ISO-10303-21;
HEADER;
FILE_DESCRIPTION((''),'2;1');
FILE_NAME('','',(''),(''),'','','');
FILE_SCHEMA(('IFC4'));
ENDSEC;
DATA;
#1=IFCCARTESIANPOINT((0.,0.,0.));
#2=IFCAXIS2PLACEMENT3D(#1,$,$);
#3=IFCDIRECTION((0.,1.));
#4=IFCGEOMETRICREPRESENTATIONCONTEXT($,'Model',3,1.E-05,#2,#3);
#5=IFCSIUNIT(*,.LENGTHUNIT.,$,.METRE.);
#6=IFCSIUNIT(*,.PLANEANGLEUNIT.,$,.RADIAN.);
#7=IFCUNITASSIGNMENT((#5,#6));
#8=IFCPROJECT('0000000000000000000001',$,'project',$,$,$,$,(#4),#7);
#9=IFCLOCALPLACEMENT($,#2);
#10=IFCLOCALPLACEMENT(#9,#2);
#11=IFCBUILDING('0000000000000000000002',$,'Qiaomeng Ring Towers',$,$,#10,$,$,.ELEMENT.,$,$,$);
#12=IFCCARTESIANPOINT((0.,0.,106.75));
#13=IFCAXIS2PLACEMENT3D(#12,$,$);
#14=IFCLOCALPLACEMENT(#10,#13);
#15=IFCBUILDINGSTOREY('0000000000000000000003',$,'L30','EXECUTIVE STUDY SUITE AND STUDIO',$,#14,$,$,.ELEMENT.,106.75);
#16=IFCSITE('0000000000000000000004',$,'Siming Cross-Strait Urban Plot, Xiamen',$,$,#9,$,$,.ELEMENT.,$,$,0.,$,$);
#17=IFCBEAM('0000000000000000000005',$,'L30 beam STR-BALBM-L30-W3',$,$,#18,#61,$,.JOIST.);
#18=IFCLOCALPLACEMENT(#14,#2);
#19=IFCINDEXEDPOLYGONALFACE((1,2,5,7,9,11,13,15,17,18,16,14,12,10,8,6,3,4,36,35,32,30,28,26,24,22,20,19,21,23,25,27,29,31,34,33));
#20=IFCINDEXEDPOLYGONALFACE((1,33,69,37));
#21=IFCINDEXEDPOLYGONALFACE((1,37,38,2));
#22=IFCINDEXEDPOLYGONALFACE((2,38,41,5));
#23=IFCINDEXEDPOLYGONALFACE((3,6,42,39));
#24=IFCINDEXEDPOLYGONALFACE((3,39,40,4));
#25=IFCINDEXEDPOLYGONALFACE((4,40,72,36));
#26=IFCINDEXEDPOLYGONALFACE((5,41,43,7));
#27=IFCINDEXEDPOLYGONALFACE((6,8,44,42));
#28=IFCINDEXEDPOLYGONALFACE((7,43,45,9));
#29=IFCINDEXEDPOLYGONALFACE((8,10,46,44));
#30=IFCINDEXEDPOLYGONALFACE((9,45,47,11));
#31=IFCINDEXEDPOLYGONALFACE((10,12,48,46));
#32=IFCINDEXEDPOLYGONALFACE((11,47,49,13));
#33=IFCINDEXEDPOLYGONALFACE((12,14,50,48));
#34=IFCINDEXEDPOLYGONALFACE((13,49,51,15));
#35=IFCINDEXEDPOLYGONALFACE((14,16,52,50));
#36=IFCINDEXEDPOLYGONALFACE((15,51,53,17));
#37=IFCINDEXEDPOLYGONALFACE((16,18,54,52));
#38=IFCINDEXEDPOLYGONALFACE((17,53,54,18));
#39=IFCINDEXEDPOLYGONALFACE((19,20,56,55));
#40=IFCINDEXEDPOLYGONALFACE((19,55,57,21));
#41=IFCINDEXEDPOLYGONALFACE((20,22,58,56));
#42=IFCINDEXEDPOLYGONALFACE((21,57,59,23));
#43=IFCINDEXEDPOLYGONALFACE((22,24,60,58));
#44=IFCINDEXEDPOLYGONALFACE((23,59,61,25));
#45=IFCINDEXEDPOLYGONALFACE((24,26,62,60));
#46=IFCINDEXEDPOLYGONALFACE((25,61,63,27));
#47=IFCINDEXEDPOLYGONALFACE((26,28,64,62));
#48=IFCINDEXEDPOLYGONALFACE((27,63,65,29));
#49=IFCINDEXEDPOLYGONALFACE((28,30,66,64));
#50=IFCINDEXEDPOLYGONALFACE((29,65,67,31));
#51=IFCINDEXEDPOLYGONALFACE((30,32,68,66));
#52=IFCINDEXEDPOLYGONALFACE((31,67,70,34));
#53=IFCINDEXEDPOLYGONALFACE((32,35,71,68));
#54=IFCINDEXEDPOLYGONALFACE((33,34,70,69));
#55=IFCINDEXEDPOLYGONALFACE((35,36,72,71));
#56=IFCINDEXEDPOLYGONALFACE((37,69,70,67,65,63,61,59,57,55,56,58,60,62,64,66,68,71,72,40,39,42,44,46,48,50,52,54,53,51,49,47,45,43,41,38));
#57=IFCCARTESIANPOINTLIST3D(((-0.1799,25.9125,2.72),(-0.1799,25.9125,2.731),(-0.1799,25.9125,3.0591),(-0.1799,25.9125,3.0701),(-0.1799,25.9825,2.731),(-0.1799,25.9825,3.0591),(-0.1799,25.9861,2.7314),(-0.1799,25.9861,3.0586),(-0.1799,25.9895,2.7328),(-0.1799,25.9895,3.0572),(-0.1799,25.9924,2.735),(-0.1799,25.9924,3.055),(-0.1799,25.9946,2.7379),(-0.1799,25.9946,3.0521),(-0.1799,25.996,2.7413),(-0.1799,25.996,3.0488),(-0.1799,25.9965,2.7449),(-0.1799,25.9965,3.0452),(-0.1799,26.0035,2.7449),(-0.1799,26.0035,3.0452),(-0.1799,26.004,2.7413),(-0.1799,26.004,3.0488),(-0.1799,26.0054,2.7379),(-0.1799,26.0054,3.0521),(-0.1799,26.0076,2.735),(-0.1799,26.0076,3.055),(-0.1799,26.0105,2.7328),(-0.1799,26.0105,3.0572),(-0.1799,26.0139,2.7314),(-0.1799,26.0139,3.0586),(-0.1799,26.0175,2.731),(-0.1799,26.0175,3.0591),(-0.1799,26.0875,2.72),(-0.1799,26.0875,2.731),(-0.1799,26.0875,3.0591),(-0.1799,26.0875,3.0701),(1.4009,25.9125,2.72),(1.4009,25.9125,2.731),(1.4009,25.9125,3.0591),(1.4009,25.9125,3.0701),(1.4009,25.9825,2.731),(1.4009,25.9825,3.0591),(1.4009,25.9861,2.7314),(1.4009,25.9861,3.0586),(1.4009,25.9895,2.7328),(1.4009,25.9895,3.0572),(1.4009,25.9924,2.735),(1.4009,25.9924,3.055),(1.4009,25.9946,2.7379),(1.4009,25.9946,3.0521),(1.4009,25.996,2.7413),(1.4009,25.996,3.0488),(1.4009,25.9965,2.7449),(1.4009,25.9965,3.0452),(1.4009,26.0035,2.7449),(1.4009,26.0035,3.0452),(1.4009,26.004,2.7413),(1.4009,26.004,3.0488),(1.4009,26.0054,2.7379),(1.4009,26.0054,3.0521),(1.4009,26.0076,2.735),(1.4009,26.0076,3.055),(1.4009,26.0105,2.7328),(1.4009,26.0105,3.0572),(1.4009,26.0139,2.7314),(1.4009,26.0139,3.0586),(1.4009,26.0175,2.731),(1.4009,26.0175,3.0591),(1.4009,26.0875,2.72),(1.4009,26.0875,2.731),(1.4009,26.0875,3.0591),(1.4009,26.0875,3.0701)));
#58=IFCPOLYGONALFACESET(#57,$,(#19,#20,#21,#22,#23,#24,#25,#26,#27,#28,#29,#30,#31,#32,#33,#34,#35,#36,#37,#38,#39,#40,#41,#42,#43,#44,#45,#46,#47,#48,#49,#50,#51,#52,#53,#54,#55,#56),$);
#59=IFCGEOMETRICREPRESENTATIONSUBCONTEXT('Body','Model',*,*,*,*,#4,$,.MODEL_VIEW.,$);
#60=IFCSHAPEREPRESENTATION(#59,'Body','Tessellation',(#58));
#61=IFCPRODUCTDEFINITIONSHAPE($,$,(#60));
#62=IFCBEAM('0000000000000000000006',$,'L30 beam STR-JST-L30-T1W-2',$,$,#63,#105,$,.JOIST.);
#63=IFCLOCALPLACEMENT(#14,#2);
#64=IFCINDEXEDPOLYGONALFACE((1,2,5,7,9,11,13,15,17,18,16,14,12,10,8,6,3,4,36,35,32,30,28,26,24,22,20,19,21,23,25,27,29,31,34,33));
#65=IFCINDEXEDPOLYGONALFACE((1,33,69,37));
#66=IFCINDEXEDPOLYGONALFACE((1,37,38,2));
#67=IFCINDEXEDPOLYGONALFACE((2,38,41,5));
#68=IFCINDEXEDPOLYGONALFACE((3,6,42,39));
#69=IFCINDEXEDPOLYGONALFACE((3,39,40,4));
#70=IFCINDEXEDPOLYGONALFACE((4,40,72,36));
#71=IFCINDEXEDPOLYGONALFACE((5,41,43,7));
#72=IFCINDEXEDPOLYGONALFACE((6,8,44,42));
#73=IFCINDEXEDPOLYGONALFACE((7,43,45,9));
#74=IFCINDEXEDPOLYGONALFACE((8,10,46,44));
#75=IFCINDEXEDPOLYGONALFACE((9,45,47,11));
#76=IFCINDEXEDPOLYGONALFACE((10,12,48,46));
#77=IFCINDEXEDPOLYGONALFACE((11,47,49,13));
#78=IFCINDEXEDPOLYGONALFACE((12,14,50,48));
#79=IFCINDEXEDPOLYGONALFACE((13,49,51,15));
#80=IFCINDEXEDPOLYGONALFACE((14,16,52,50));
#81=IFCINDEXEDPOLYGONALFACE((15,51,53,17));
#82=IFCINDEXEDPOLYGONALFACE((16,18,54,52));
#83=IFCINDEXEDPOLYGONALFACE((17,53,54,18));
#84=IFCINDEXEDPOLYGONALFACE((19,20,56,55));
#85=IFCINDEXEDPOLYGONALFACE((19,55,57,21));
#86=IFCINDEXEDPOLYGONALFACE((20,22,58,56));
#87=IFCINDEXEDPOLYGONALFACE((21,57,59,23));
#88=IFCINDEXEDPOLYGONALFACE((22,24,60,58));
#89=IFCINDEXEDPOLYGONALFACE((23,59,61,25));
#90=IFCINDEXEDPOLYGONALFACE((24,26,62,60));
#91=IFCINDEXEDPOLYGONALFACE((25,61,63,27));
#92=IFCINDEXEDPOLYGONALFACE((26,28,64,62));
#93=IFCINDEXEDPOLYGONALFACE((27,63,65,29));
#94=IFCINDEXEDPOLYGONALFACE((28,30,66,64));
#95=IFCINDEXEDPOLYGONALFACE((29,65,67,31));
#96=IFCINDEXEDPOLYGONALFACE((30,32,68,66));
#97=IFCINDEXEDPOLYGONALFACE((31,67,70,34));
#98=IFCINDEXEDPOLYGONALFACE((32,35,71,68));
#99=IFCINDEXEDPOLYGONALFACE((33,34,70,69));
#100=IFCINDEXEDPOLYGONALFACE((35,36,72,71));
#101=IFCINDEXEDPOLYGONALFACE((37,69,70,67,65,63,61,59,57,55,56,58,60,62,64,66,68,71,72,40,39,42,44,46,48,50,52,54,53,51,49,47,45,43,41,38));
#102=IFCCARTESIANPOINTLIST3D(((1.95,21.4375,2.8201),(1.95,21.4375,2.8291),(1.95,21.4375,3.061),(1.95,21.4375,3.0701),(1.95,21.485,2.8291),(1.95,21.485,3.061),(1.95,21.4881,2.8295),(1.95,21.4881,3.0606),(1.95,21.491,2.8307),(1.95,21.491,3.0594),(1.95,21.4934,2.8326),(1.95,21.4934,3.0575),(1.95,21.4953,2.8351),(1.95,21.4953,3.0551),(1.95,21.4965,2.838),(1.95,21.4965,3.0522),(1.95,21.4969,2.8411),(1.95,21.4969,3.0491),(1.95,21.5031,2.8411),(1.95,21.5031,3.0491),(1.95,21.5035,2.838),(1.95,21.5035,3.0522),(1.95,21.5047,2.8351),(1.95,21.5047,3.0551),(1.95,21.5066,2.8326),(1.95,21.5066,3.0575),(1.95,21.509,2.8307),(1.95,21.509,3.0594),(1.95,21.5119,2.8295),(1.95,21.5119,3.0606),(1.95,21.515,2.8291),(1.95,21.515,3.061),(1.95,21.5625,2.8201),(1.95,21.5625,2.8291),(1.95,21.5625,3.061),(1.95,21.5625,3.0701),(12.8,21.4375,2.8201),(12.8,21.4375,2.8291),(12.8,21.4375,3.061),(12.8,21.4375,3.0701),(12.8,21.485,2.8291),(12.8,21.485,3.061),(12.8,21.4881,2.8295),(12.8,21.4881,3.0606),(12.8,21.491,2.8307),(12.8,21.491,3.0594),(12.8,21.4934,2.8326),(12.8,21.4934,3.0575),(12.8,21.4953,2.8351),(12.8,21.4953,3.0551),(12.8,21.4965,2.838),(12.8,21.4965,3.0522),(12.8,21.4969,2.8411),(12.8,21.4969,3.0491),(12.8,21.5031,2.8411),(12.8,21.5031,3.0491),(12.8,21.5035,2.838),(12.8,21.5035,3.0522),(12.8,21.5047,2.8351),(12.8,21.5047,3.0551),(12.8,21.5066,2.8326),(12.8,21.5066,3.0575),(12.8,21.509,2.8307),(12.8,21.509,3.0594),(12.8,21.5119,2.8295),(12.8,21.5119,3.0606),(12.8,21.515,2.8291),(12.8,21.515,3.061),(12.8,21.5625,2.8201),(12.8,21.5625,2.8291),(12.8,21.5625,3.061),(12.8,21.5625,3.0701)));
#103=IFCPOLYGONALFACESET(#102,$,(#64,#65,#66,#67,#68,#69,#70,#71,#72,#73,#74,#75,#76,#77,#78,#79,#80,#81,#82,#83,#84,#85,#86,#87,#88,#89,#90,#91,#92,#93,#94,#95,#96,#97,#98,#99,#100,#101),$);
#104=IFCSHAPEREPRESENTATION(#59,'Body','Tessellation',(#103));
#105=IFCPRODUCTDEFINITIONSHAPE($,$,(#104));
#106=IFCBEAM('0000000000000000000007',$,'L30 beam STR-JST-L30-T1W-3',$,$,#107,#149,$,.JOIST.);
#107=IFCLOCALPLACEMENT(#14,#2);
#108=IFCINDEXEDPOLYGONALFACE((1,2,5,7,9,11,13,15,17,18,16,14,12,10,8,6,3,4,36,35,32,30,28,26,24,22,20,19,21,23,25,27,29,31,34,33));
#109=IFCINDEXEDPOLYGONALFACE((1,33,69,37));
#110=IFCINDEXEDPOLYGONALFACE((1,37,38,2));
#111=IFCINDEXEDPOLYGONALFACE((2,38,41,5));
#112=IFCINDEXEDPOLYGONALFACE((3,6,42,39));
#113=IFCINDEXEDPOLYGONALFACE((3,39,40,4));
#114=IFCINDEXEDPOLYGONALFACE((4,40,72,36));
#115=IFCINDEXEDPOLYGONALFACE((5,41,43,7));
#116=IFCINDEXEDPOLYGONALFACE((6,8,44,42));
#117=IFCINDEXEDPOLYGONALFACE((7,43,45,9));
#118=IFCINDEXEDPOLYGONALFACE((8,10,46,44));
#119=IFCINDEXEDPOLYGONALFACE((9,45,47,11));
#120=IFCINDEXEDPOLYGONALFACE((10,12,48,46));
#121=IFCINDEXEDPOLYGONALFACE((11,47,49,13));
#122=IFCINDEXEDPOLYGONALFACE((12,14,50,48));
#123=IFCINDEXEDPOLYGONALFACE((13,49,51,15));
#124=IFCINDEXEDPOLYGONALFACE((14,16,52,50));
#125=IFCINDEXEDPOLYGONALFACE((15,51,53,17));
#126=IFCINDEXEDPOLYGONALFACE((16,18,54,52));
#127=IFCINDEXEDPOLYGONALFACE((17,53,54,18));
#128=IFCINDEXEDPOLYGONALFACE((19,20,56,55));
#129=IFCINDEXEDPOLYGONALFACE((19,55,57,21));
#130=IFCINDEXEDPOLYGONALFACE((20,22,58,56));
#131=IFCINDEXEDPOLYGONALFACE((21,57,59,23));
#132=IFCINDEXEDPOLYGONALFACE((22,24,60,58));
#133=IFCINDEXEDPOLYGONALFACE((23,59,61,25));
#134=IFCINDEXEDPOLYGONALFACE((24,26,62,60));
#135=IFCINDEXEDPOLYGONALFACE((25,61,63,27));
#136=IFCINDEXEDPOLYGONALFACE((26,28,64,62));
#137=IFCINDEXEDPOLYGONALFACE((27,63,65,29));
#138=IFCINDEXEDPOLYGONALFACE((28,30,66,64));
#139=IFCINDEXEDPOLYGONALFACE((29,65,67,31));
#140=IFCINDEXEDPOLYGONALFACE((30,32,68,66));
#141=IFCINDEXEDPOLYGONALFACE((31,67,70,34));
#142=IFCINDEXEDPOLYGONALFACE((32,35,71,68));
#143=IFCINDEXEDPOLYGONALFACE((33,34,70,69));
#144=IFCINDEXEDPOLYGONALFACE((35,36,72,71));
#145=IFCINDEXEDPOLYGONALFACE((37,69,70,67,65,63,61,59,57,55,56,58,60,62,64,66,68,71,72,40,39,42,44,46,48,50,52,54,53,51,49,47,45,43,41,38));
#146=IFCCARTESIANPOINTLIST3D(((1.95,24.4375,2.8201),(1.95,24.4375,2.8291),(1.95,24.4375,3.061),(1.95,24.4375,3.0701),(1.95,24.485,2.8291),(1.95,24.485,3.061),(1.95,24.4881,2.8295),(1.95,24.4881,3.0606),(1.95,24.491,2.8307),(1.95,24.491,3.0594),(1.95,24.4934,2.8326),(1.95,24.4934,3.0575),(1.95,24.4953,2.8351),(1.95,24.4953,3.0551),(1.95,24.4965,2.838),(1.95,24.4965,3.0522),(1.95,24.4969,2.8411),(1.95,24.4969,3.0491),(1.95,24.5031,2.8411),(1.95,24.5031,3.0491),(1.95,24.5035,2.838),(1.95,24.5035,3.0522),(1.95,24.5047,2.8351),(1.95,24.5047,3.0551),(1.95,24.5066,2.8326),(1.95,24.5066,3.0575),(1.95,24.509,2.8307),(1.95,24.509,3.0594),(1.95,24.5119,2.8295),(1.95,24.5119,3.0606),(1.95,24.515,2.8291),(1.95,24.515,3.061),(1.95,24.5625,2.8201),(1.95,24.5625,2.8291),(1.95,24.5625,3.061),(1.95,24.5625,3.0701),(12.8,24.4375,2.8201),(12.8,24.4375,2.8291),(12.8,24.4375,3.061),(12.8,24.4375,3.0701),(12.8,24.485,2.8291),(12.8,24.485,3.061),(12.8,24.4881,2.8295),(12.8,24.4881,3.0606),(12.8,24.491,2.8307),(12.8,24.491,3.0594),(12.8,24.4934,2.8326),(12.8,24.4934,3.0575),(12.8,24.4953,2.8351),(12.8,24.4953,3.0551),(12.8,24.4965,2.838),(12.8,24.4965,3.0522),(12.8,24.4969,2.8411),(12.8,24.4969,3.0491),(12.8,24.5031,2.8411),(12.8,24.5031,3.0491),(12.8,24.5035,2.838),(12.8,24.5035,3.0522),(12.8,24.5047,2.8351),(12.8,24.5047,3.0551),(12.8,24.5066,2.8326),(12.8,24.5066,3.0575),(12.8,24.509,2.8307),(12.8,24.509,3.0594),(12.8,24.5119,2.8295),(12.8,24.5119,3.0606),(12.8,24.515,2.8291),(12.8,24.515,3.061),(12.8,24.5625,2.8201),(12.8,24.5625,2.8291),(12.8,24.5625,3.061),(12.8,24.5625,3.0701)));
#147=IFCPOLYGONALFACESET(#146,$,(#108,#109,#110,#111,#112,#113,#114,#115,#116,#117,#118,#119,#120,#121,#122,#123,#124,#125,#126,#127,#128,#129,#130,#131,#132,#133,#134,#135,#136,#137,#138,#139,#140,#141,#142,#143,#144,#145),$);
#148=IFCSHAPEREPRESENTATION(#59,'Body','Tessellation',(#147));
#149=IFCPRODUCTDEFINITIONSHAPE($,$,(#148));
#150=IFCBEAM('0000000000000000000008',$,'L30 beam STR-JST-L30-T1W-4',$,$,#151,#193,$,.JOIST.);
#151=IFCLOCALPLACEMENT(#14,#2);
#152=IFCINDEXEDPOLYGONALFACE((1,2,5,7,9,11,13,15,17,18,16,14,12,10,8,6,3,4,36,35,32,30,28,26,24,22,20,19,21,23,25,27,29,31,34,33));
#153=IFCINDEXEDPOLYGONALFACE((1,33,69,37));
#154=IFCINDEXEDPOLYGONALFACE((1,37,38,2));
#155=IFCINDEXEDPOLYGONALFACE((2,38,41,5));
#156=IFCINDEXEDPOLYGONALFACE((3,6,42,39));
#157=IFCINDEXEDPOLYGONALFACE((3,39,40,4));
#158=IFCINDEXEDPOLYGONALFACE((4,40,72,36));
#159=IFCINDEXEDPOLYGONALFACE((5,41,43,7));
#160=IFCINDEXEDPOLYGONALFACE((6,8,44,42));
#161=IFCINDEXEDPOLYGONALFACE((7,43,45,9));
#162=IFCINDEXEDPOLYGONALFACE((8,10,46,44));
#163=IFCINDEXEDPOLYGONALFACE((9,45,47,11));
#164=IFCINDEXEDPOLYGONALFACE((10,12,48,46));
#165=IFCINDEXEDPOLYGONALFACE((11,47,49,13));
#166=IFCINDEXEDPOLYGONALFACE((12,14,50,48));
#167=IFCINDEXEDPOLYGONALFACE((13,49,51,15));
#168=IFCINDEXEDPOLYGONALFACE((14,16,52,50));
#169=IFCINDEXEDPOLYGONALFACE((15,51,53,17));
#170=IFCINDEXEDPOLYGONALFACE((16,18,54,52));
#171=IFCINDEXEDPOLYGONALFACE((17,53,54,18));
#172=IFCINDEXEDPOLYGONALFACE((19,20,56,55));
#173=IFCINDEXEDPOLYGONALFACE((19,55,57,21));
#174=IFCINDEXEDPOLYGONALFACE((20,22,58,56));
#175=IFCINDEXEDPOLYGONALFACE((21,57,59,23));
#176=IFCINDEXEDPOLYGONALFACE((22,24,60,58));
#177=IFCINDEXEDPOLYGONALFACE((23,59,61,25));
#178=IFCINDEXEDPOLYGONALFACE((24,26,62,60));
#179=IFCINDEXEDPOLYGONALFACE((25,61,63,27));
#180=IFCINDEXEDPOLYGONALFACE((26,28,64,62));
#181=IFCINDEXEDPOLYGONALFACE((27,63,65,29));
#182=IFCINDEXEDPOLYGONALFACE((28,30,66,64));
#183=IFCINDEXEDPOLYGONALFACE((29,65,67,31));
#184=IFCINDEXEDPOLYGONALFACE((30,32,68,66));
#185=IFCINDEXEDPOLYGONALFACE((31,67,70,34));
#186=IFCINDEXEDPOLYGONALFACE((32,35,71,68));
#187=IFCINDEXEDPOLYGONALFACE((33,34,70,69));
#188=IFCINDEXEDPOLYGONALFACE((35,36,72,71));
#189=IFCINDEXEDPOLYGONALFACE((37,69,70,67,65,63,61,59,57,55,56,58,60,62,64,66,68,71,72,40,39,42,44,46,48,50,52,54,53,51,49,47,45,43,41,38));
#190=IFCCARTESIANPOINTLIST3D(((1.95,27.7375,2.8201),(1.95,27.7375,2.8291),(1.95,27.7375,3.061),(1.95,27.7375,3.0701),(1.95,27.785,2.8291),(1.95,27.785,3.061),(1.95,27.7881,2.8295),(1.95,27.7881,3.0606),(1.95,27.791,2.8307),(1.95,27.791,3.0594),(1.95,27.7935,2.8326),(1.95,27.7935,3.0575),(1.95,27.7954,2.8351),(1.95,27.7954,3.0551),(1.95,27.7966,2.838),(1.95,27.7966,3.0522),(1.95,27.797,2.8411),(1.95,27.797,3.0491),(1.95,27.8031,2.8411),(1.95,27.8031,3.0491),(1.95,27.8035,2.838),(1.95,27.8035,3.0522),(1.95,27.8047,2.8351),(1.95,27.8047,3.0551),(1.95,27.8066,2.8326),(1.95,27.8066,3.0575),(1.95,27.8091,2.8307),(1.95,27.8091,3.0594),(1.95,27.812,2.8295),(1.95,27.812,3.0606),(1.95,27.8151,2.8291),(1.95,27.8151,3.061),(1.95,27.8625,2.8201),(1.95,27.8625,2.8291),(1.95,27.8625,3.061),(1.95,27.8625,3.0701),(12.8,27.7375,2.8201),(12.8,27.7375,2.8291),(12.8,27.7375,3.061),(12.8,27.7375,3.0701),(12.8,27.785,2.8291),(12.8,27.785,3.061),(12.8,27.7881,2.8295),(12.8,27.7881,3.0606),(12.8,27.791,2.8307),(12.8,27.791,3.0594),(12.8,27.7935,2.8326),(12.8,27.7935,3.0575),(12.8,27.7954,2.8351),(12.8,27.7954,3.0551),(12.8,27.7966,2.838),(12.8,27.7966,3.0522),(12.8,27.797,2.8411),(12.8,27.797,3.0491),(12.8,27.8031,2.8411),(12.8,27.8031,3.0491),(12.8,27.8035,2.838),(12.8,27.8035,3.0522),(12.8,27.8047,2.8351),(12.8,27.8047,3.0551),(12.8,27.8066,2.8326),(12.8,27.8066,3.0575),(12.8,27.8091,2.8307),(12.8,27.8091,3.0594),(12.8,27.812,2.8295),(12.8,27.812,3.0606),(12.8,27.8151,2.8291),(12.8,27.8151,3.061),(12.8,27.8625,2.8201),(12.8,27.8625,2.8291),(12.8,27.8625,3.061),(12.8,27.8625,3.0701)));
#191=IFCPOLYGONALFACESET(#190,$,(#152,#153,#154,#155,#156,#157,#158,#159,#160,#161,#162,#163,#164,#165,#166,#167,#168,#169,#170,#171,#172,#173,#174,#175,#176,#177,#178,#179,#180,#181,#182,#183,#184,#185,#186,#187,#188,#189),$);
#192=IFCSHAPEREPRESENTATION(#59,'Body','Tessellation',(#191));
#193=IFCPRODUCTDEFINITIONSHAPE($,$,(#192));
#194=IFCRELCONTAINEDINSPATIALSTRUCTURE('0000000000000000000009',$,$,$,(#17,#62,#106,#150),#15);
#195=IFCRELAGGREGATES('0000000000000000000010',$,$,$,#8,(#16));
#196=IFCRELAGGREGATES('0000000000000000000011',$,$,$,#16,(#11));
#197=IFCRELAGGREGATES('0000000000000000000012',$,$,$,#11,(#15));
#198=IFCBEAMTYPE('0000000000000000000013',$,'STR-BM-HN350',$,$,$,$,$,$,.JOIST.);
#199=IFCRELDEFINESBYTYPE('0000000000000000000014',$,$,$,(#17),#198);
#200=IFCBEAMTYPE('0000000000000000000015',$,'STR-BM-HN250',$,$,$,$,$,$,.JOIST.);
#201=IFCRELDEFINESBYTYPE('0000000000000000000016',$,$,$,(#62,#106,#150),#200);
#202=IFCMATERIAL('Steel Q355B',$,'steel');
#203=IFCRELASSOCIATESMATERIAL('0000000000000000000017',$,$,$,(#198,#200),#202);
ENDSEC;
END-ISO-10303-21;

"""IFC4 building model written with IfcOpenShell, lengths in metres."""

from ifc_helpers import new_model, si_unit, direction, frame, origin, origin_2d, place, context, subcontext, project, spatial, i_section, extrude, source, transform, mapped, material, material_profile, profile_set, type_object, element, save


model = new_model("IFC4")

# Units and contexts
model_context = context("Model", 3, precision=1e-05, world=origin(), true_north=direction((0.0, 1.0)))
body_context = subcontext(model_context, "Body", "Model", "MODEL_VIEW")
ifc_project = project(units=[si_unit("LENGTHUNIT", "METRE"), si_unit("PLANEANGLEUNIT", "RADIAN")], contexts=[model_context])

# Site, building, storey
site_placement = place(None, origin())
site = spatial("IfcSite", under=ifc_project, at=site_placement, Name="Siming Cross-Strait Urban Plot, Xiamen", CompositionType="ELEMENT", RefElevation=0.0)
building_placement = place(site_placement, origin())
building = spatial("IfcBuilding", under=site, at=building_placement, Name="Qiaomeng Ring Towers", CompositionType="ELEMENT")
storey_placement = place(building_placement, frame((0.0, 0.0, 106.75)))
storey = spatial("IfcBuildingStorey", under=building, at=storey_placement, Name="L30", Description="EXECUTIVE STUDY SUITE AND STUDIO", CompositionType="ELEMENT", Elevation=106.75)

# Beams
ifc_material_1 = material(Name="Steel Q355B", Category="steel")
ifc_material_profile_1 = material_profile(ifc_material_1, i_section(OverallWidth=0.175, OverallDepth=0.3501, WebThickness=0.0071, FlangeThickness=0.011, FilletRadius=0.0139, at=origin_2d()), Name="HN 350x175x7x11")
ifc_profile_set_1 = profile_set([ifc_material_profile_1], Name="Steel Q355B")
beam_type_1 = type_object("IfcBeamType", Name="STR-BM-HN350", PredefinedType="JOIST", material=ifc_profile_set_1)
shared_shape_1 = source(origin(), body_context, "Body", "SweptSolid", [
    extrude(i_section(OverallWidth=0.175, OverallDepth=0.3501, WebThickness=0.0071, FlangeThickness=0.011, FilletRadius=0.0139, at=origin_2d()), origin(), (0.0, 0.0, 1.0), 1.5808),
])
beam_1_placement = place(storey_placement, frame((-0.1799, 26.0, 2.895), z_axis=(1.0, 0.0, 0.0), x_axis=(0.0, 1.0, 0.0)))
element("IfcBeam", 1, at=beam_1_placement, inside=storey, type_object=beam_type_1, Name="L30 beam STR-BALBM-L30-W3", PredefinedType="JOIST", context=body_context, shape_type="MappedRepresentation", body=[
    mapped(shared_shape_1, transform((0.0, 0.0, 0.0), x_axis=(1.0, 0.0, 0.0), y_axis=(0.0, 1.0, 0.0), z_axis=(0.0, 0.0, 1.0), scale=1.0)),
])
ifc_material_profile_2 = material_profile(ifc_material_1, i_section(OverallWidth=0.125, OverallDepth=0.25, WebThickness=0.0061, FlangeThickness=0.009, FilletRadius=0.012, at=origin_2d()), Name="HN 250x125x6x9")
ifc_profile_set_2 = profile_set([ifc_material_profile_2], Name="Steel Q355B")
beam_type_2 = type_object("IfcBeamType", Name="STR-BM-HN250", PredefinedType="JOIST", material=ifc_profile_set_2)
shared_shape_2 = source(origin(), body_context, "Body", "SweptSolid", [
    extrude(i_section(OverallWidth=0.125, OverallDepth=0.25, WebThickness=0.0061, FlangeThickness=0.009, FilletRadius=0.012, at=origin_2d()), origin(), (0.0, 0.0, 1.0), 10.8501),
])
for number, where, z_axis, x_axis, name in (
    (2, (1.95, 21.5, 2.9451), (1.0, 0.0, 0.0), (0.0, 1.0, 0.0), "L30 beam STR-JST-L30-T1W-2"),
    (3, (1.95, 24.5, 2.9451), (1.0, 0.0, 0.0), (0.0, 1.0, 0.0), "L30 beam STR-JST-L30-T1W-3"),
    (4, (1.95, 27.8, 2.9451), (1.0, 0.0, 0.0), (0.0, 1.0, 0.0), "L30 beam STR-JST-L30-T1W-4"),
):
    element("IfcBeam", number, at=place(storey_placement, frame(where, z_axis=z_axis, x_axis=x_axis)), inside=storey, type_object=beam_type_2, Name=name, PredefinedType="JOIST", context=body_context, shape_type="MappedRepresentation", body=[
        mapped(shared_shape_2, transform((0.0, 0.0, 0.0), x_axis=(1.0, 0.0, 0.0), y_axis=(0.0, 1.0, 0.0), z_axis=(0.0, 0.0, 1.0), scale=1.0)),
    ])

save(model, "model.ifc")
